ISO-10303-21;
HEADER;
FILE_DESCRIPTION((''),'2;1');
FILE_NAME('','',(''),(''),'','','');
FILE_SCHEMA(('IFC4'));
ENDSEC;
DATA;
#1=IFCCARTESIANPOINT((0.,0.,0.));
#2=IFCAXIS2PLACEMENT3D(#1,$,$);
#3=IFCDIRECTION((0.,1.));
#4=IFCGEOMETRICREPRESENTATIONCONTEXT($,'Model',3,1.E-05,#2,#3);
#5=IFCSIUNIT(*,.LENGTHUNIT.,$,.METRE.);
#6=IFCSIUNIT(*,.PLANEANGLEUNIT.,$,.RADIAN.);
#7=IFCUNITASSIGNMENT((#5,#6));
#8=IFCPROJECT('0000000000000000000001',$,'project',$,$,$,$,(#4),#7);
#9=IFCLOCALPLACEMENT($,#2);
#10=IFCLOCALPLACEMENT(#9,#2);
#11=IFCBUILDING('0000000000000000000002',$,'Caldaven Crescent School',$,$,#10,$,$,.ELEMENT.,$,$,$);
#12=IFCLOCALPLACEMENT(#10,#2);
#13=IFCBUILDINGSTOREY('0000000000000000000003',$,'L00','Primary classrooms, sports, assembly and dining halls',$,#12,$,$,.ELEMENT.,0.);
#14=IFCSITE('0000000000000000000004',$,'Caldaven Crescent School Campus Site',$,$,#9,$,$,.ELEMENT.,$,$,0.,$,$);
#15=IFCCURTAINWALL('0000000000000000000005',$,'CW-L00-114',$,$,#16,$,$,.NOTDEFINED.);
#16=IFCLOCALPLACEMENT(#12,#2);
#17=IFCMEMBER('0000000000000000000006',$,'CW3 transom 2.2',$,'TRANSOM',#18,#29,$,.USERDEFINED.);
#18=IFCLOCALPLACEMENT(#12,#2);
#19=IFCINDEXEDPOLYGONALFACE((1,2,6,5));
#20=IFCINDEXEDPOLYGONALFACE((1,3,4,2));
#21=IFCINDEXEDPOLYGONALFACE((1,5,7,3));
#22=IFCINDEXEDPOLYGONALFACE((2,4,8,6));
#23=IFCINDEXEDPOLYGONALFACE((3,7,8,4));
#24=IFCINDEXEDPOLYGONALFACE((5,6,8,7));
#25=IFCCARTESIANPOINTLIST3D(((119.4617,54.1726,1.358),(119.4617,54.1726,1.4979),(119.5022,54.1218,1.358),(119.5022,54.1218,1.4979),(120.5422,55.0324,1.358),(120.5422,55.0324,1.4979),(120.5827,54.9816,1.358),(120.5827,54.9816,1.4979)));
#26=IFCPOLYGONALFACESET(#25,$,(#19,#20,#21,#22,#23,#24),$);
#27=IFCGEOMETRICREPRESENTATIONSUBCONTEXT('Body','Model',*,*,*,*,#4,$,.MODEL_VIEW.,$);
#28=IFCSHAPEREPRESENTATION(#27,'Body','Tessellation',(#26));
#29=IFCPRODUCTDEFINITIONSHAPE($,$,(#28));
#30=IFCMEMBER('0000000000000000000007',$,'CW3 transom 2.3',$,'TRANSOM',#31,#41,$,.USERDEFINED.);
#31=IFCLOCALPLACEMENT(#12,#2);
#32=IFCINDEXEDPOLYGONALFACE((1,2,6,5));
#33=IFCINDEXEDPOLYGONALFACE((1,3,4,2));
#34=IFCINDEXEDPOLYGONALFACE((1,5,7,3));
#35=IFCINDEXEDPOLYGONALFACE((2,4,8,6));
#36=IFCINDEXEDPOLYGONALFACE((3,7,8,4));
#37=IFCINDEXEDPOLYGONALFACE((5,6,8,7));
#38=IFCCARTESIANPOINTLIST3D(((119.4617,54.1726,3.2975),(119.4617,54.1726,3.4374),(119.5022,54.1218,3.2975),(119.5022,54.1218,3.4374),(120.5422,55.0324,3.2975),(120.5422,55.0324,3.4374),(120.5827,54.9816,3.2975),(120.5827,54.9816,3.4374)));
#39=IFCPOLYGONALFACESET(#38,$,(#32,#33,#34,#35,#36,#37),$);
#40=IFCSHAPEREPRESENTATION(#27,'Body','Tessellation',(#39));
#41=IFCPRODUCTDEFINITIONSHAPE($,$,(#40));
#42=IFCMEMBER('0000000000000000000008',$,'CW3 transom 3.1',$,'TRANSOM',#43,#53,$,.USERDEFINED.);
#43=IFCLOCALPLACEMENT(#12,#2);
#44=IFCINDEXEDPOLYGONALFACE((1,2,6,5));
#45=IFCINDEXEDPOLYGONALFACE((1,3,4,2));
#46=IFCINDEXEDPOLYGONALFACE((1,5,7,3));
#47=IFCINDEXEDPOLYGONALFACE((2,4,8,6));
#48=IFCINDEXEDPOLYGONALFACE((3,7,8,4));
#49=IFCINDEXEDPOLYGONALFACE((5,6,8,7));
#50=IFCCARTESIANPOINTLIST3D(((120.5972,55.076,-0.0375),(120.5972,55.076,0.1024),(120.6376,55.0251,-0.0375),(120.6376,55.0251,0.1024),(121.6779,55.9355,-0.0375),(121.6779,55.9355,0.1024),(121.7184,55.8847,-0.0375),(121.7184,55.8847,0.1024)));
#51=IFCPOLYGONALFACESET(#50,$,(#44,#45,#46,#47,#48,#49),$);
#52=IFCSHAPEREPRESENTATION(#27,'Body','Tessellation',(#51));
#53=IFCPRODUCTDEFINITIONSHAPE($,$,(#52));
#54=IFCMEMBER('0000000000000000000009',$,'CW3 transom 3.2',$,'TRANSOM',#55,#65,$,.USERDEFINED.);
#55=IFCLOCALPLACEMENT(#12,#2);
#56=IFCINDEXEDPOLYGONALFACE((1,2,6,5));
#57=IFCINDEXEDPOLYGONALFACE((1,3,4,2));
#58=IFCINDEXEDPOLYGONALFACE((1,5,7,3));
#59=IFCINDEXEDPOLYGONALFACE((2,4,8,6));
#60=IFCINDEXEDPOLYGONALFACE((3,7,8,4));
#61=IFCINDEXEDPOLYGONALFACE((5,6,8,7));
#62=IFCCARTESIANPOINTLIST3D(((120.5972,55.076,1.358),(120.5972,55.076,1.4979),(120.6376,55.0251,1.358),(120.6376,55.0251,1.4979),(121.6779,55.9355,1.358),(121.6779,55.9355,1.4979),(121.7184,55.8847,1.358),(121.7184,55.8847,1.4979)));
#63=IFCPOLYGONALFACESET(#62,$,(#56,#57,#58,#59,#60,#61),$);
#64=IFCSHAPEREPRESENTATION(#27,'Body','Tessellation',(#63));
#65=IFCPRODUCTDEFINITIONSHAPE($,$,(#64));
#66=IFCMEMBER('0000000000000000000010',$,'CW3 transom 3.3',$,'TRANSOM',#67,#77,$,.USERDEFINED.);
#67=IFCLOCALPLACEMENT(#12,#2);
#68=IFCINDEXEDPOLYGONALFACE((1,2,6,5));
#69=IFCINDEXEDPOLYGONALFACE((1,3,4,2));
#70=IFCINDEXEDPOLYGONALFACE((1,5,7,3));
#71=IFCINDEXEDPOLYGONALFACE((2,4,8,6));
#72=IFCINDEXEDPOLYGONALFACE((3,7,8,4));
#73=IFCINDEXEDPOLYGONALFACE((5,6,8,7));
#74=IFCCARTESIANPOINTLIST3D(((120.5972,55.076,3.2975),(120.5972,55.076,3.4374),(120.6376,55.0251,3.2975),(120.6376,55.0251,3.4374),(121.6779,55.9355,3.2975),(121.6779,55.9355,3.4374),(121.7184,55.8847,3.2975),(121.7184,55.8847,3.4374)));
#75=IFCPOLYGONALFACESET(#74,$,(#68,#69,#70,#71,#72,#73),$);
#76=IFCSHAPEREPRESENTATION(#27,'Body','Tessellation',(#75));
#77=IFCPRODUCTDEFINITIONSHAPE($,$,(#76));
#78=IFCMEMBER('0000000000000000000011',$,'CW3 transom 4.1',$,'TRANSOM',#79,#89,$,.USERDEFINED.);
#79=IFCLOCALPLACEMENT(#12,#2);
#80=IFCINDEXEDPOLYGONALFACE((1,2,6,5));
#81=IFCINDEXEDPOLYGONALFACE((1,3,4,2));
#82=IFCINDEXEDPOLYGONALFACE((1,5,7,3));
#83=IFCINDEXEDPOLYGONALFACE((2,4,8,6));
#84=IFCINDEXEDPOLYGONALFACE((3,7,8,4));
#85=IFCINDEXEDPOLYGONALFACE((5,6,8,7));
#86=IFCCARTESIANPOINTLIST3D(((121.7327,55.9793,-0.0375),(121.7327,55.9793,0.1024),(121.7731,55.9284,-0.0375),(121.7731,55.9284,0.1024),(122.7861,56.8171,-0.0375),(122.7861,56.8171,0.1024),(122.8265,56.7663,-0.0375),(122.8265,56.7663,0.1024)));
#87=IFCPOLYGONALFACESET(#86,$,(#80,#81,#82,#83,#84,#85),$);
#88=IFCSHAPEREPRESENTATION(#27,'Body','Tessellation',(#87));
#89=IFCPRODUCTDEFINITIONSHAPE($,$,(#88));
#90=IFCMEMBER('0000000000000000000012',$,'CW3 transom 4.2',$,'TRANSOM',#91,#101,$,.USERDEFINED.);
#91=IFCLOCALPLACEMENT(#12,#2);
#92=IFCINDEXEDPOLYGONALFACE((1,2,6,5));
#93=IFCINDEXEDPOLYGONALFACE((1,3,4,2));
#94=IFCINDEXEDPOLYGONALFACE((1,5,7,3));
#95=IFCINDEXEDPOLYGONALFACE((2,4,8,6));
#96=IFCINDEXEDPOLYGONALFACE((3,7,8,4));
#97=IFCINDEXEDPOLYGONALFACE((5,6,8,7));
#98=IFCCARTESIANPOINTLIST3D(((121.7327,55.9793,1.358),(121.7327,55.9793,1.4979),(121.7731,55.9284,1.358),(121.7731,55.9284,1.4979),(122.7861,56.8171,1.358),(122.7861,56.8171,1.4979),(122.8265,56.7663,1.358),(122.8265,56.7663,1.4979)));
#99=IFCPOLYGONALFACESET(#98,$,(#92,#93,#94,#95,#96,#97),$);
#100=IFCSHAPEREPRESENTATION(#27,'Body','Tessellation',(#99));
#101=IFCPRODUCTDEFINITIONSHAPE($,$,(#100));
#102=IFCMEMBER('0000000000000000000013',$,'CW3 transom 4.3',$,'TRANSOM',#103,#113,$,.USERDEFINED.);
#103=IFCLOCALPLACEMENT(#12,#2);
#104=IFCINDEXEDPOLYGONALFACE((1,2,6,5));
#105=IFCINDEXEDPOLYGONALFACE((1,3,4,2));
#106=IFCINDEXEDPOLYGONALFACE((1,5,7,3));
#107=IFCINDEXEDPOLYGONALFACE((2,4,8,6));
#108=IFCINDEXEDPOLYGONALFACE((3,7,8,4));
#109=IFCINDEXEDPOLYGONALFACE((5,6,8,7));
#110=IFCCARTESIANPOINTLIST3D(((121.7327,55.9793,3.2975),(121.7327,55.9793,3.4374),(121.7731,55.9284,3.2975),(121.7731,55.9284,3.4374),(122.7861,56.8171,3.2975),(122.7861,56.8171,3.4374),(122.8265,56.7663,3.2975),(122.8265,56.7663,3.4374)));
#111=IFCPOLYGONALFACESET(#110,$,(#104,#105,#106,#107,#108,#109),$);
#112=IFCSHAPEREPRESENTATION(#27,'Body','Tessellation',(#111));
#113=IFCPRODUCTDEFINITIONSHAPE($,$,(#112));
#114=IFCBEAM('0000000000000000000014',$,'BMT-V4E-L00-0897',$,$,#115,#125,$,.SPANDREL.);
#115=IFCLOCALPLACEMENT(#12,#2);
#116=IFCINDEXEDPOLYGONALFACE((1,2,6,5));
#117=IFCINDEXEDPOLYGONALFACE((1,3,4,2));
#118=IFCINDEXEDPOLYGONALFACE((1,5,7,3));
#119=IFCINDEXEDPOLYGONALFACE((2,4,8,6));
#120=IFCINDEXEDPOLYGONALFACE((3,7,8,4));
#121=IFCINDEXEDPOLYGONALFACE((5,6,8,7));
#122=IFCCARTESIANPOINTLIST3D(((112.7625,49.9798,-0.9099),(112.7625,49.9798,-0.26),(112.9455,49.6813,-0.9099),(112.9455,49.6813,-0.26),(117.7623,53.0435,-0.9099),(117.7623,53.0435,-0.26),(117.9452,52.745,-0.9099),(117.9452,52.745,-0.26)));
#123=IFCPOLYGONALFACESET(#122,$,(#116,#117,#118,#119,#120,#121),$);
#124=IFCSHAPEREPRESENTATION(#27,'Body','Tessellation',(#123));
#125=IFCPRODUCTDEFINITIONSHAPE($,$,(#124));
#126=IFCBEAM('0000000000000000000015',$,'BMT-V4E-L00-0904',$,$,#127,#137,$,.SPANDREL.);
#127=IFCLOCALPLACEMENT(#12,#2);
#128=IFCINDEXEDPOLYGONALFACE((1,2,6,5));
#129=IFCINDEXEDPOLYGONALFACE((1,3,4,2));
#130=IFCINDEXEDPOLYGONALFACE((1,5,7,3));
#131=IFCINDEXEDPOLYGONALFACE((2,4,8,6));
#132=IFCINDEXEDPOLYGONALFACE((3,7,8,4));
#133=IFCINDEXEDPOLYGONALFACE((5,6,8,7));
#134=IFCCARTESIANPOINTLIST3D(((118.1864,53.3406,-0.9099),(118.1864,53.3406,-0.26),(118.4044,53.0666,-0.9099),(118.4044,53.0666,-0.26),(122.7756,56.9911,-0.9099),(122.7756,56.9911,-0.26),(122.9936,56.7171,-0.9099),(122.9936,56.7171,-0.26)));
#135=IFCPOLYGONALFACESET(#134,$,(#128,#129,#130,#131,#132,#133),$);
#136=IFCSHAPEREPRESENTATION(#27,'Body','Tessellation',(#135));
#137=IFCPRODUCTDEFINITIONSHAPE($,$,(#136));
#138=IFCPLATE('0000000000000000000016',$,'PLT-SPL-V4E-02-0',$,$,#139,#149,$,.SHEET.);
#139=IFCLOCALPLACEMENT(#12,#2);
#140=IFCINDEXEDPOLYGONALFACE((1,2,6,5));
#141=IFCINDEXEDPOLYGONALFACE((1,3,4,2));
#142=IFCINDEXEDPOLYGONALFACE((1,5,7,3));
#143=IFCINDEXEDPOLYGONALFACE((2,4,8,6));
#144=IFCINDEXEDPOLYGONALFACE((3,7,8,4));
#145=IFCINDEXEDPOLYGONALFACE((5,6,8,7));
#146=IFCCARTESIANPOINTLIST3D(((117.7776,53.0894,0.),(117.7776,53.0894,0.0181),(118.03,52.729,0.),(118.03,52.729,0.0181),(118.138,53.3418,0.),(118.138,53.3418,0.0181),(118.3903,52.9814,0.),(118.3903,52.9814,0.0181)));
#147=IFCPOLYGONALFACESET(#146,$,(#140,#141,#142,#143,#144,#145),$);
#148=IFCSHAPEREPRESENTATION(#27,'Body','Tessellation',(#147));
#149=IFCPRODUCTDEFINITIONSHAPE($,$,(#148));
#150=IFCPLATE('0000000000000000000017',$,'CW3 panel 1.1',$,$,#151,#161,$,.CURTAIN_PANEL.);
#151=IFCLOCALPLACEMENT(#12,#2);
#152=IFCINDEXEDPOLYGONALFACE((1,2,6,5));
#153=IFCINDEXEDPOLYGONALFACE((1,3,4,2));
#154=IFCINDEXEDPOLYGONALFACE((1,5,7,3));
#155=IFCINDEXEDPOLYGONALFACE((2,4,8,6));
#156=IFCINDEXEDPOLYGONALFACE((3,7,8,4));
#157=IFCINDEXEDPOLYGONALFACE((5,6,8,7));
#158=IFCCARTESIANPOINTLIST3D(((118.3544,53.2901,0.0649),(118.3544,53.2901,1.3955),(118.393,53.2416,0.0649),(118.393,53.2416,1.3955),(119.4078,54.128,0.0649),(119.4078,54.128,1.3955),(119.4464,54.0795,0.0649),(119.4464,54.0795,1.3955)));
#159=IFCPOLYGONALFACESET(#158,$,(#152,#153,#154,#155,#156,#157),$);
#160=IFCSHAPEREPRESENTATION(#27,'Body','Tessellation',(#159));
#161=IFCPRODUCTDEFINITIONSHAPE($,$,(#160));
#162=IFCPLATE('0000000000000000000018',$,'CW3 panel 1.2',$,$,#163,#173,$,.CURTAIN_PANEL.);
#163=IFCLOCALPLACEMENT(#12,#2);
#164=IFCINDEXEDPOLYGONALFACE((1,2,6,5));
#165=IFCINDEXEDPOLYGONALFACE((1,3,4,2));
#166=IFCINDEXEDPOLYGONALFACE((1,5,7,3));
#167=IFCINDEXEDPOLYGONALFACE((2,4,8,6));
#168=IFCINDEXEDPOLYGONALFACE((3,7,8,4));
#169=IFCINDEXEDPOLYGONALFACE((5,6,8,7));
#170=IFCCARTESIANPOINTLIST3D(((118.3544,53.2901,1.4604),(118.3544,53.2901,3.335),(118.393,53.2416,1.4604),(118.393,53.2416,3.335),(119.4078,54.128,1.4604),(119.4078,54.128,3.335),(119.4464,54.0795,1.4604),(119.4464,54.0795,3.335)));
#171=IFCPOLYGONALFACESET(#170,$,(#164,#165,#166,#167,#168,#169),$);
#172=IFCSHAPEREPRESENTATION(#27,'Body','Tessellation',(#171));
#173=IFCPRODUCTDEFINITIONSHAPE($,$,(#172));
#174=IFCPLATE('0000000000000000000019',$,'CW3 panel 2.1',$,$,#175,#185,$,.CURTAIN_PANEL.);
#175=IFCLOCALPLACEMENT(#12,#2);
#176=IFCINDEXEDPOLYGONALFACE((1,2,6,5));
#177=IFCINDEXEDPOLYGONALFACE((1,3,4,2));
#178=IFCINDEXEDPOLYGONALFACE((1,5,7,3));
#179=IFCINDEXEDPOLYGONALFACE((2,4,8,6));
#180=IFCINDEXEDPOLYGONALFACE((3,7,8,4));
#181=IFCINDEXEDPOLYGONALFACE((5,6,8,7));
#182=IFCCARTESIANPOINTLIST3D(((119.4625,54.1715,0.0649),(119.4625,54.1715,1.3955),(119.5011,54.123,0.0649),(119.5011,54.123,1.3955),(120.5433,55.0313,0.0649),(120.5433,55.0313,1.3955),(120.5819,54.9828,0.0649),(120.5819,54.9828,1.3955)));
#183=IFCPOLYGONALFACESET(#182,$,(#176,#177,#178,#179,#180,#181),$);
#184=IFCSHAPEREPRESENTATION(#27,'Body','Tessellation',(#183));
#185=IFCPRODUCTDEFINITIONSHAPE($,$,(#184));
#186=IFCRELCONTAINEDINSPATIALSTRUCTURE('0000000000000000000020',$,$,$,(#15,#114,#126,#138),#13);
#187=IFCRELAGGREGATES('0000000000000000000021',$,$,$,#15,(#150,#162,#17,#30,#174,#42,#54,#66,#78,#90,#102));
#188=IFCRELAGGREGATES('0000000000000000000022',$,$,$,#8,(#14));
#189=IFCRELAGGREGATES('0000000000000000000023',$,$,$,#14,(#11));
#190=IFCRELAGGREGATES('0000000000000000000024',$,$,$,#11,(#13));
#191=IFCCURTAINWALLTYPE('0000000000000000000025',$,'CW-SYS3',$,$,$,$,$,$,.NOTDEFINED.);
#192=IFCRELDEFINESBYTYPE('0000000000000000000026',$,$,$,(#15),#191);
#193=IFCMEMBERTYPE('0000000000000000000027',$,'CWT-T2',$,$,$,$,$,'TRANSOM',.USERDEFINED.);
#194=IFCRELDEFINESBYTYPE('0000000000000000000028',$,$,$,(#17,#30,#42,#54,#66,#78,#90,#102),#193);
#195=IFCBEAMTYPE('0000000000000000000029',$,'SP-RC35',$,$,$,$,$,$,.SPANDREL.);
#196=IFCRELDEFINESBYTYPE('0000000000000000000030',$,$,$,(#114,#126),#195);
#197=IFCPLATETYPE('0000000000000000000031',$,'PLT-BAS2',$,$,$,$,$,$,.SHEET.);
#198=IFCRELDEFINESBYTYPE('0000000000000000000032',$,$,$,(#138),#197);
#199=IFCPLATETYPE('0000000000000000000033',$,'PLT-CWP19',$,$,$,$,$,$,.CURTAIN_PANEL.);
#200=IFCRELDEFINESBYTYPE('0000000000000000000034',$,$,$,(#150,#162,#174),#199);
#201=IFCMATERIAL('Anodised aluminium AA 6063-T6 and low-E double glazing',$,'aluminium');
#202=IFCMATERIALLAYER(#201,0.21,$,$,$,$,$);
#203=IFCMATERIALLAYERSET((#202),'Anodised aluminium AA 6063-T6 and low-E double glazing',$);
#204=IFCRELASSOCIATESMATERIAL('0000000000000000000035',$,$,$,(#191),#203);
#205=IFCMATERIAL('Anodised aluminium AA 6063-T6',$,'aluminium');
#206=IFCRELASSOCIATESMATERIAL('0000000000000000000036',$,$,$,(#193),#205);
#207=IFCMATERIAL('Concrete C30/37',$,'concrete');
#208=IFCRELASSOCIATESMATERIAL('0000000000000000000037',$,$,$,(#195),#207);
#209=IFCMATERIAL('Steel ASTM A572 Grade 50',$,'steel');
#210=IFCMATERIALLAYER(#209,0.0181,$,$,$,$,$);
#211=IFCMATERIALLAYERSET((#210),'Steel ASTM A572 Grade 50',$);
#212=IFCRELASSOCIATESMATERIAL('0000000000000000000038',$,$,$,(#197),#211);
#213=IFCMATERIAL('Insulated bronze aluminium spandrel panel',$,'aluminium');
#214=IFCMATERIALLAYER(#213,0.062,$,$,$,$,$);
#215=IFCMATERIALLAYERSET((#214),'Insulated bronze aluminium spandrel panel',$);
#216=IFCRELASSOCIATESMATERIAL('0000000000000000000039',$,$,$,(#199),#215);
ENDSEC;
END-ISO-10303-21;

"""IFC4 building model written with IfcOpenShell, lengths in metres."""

from ifc_helpers import new_model, si_unit, direction, frame, origin, origin_2d, place, context, subcontext, project, spatial, rectangle, extrude, material, layer, layer_set, material_profile, profile_set, type_object, element, aggregate, save


model = new_model("IFC4")

# Units and contexts
model_context = context("Model", 3, precision=1e-05, world=origin(), true_north=direction((0.0, 1.0)))
body_context = subcontext(model_context, "Body", "Model", "MODEL_VIEW")
ifc_project = project(units=[si_unit("LENGTHUNIT", "METRE"), si_unit("PLANEANGLEUNIT", "RADIAN")], contexts=[model_context])

# Site, building, storey
site_placement = place(None, origin())
site = spatial("IfcSite", under=ifc_project, at=site_placement, Name="Caldaven Crescent School Campus Site", CompositionType="ELEMENT", RefElevation=0.0)
building_placement = place(site_placement, origin())
building = spatial("IfcBuilding", under=site, at=building_placement, Name="Caldaven Crescent School", CompositionType="ELEMENT")
storey_placement = place(building_placement, origin())
storey = spatial("IfcBuildingStorey", under=building, at=storey_placement, Name="L00", Description="Primary classrooms, sports, assembly and dining halls", CompositionType="ELEMENT", Elevation=0.0)

# Shared definitions
ifc_material_1 = material(Name="Concrete C30/37", Category="concrete")

# Curtain wall, members
ifc_material_2 = material(Name="Anodised aluminium AA 6063-T6 and low-E double glazing", Category="aluminium")
ifc_layer_1 = layer(ifc_material_2, 0.21)
ifc_layer_set_1 = layer_set([ifc_layer_1], Name="Anodised aluminium AA 6063-T6 and low-E double glazing")
curtain_wall_type = type_object("IfcCurtainWallType", Name="CW-SYS3", PredefinedType="NOTDEFINED", material=ifc_layer_set_1)
curtain_wall_placement = place(storey_placement, origin())
curtain_wall = element("IfcCurtainWall", 1, at=curtain_wall_placement, inside=storey, type_object=curtain_wall_type, Name="CW-L00-114", PredefinedType="NOTDEFINED")
ifc_material_3 = material(Name="Anodised aluminium AA 6063-T6", Category="aluminium")
ifc_material_profile_1 = material_profile(ifc_material_3, rectangle(XDim=0.0649, YDim=0.1399, at=origin_2d()), Name="CWT 65x140")
ifc_profile_set_1 = profile_set([ifc_material_profile_1], Name="Anodised aluminium AA 6063-T6")
member_type_1 = type_object("IfcMemberType", Name="CWT-T2", ElementType="TRANSOM", PredefinedType="USERDEFINED", material=ifc_profile_set_1)
member_1_placement = place(storey_placement, frame((119.4819, 54.1472, 1.428), z_axis=(0.782488, 0.622666, 0.0), x_axis=(-0.622666, 0.782488, 0.0)))
member_1 = element("IfcMember", 2, at=member_1_placement, type_object=member_type_1, Name="CW3 transom 2.2", ObjectType="TRANSOM", PredefinedType="USERDEFINED", context=body_context, shape_type="SweptSolid", body=[
    extrude(rectangle(XDim=0.0649, YDim=0.1399, at=origin_2d()), origin(), (0.0, 0.0, 1.0), 1.3809),
])
member_2_placement = place(storey_placement, frame((119.4819, 54.1472, 3.3674), z_axis=(0.782488, 0.622666, 0.0), x_axis=(-0.622666, 0.782488, 0.0)))
member_2 = element("IfcMember", 3, at=member_2_placement, type_object=member_type_1, Name="CW3 transom 2.3", ObjectType="TRANSOM", PredefinedType="USERDEFINED", context=body_context, shape_type="SweptSolid", body=[
    extrude(rectangle(XDim=0.0649, YDim=0.1399, at=origin_2d()), origin(), (0.0, 0.0, 1.0), 1.3809),
])
member_3_placement = place(storey_placement, frame((120.6174, 55.0505, 0.0325), z_axis=(0.782642, 0.622472, 0.0), x_axis=(-0.622472, 0.782642, 0.0)))
member_3 = element("IfcMember", 4, at=member_3_placement, type_object=member_type_1, Name="CW3 transom 3.1", ObjectType="TRANSOM", PredefinedType="USERDEFINED", context=body_context, shape_type="SweptSolid", body=[
    extrude(rectangle(XDim=0.0649, YDim=0.1399, at=origin_2d()), origin(), (0.0, 0.0, 1.0), 1.3809),
])
member_4_placement = place(storey_placement, frame((120.6174, 55.0505, 1.428), z_axis=(0.782642, 0.622472, 0.0), x_axis=(-0.622472, 0.782642, 0.0)))
member_4 = element("IfcMember", 5, at=member_4_placement, type_object=member_type_1, Name="CW3 transom 3.2", ObjectType="TRANSOM", PredefinedType="USERDEFINED", context=body_context, shape_type="SweptSolid", body=[
    extrude(rectangle(XDim=0.0649, YDim=0.1399, at=origin_2d()), origin(), (0.0, 0.0, 1.0), 1.3809),
])
member_5_placement = place(storey_placement, frame((120.6174, 55.0505, 3.3674), z_axis=(0.782642, 0.622472, 0.0), x_axis=(-0.622472, 0.782642, 0.0)))
member_5 = element("IfcMember", 6, at=member_5_placement, type_object=member_type_1, Name="CW3 transom 3.3", ObjectType="TRANSOM", PredefinedType="USERDEFINED", context=body_context, shape_type="SweptSolid", body=[
    extrude(rectangle(XDim=0.0649, YDim=0.1399, at=origin_2d()), origin(), (0.0, 0.0, 1.0), 1.3809),
])
member_6_placement = place(storey_placement, frame((121.7529, 55.9539, 0.0325), z_axis=(0.782635, 0.622481, 0.0), x_axis=(-0.622481, 0.782635, 0.0)))
member_6 = element("IfcMember", 7, at=member_6_placement, type_object=member_type_1, Name="CW3 transom 4.1", ObjectType="TRANSOM", PredefinedType="USERDEFINED", context=body_context, shape_type="SweptSolid", body=[
    extrude(rectangle(XDim=0.0649, YDim=0.1399, at=origin_2d()), origin(), (0.0, 0.0, 1.0), 1.3459),
])
member_7_placement = place(storey_placement, frame((121.7529, 55.9539, 1.428), z_axis=(0.782635, 0.622481, 0.0), x_axis=(-0.622481, 0.782635, 0.0)))
member_7 = element("IfcMember", 8, at=member_7_placement, type_object=member_type_1, Name="CW3 transom 4.2", ObjectType="TRANSOM", PredefinedType="USERDEFINED", context=body_context, shape_type="SweptSolid", body=[
    extrude(rectangle(XDim=0.0649, YDim=0.1399, at=origin_2d()), origin(), (0.0, 0.0, 1.0), 1.3459),
])
member_8_placement = place(storey_placement, frame((121.7529, 55.9539, 3.3674), z_axis=(0.782635, 0.622481, 0.0), x_axis=(-0.622481, 0.782635, 0.0)))
member_8 = element("IfcMember", 9, at=member_8_placement, type_object=member_type_1, Name="CW3 transom 4.3", ObjectType="TRANSOM", PredefinedType="USERDEFINED", context=body_context, shape_type="SweptSolid", body=[
    extrude(rectangle(XDim=0.0649, YDim=0.1399, at=origin_2d()), origin(), (0.0, 0.0, 1.0), 1.3459),
])

# Beams
ifc_material_profile_2 = material_profile(ifc_material_1, rectangle(XDim=0.3501, YDim=0.6499, at=origin_2d()), Name="RC 350x650")
ifc_profile_set_2 = profile_set([ifc_material_profile_2], Name="Concrete C30/37")
beam_type_1 = type_object("IfcBeamType", Name="SP-RC35", PredefinedType="SPANDREL", material=ifc_profile_set_2)
beam_1_placement = place(storey_placement, frame((112.854, 49.8306, -0.585), z_axis=(0.85265, 0.522482, 0.0), x_axis=(-0.522482, 0.85265, 0.0)))
element("IfcBeam", 10, at=beam_1_placement, inside=storey, type_object=beam_type_1, Name="BMT-V4E-L00-0897", PredefinedType="SPANDREL", context=body_context, shape_type="SweptSolid", body=[
    extrude(rectangle(XDim=0.3501, YDim=0.6499, at=origin_2d()), origin(), (0.0, 0.0, 1.0), 5.8638),
])
beam_2_placement = place(storey_placement, frame((118.2954, 53.2036, -0.585), z_axis=(0.782604, 0.62252, 0.0), x_axis=(-0.62252, 0.782604, 0.0)))
element("IfcBeam", 11, at=beam_2_placement, inside=storey, type_object=beam_type_1, Name="BMT-V4E-L00-0904", PredefinedType="SPANDREL", context=body_context, shape_type="SweptSolid", body=[
    extrude(rectangle(XDim=0.3501, YDim=0.6499, at=origin_2d()), origin(), (0.0, 0.0, 1.0), 5.864),
])

# Plates
ifc_material_4 = material(Name="Steel ASTM A572 Grade 50", Category="steel")
ifc_layer_2 = layer(ifc_material_4, 0.0181)
ifc_layer_set_2 = layer_set([ifc_layer_2], Name="Steel ASTM A572 Grade 50")
plate_type_1 = type_object("IfcPlateType", Name="PLT-BAS2", PredefinedType="SHEET", material=ifc_layer_set_2)
plate_1_placement = place(storey_placement, frame((118.084, 53.0354, 0.0), z_axis=(0.0, 0.0, 1.0), x_axis=(0.573576, -0.819152, 0.0)))
element("IfcPlate", 12, at=plate_1_placement, inside=storey, type_object=plate_type_1, Name="PLT-SPL-V4E-02-0", PredefinedType="SHEET", context=body_context, shape_type="SweptSolid", body=[
    extrude(rectangle(XDim=0.4399, YDim=0.4399, at=origin_2d()), origin(), (0.0, 0.0, 1.0), 0.0181),
])
ifc_material_5 = material(Name="Insulated bronze aluminium spandrel panel", Category="aluminium")
ifc_layer_3 = layer(ifc_material_5, 0.062)
ifc_layer_set_3 = layer_set([ifc_layer_3], Name="Insulated bronze aluminium spandrel panel")
plate_type_2 = type_object("IfcPlateType", Name="PLT-CWP19", PredefinedType="CURTAIN_PANEL", material=ifc_layer_set_3)
plate_2_placement = place(storey_placement, frame((118.9004, 53.6848, 0.0649), z_axis=(0.0, 0.0, 1.0), x_axis=(0.782608, 0.622515, 0.0)))
plate_2 = element("IfcPlate", 13, at=plate_2_placement, type_object=plate_type_2, Name="CW3 panel 1.1", PredefinedType="CURTAIN_PANEL", context=body_context, shape_type="SweptSolid", body=[
    extrude(rectangle(XDim=1.3459, YDim=0.062, at=origin_2d()), origin(), (0.0, 0.0, 1.0), 1.3306),
])
plate_3_placement = place(storey_placement, frame((118.9004, 53.6848, 1.4604), z_axis=(0.0, 0.0, 1.0), x_axis=(0.782608, 0.622515, 0.0)))
plate_3 = element("IfcPlate", 14, at=plate_3_placement, type_object=plate_type_2, Name="CW3 panel 1.2", PredefinedType="CURTAIN_PANEL", context=body_context, shape_type="SweptSolid", body=[
    extrude(rectangle(XDim=1.3459, YDim=0.062, at=origin_2d()), origin(), (0.0, 0.0, 1.0), 1.8745),
])
plate_4_placement = place(storey_placement, frame((120.0222, 54.5771, 0.0649), z_axis=(0.0, 0.0, 1.0), x_axis=(0.782608, 0.622515, 0.0)))
plate_4 = element("IfcPlate", 15, at=plate_4_placement, type_object=plate_type_2, Name="CW3 panel 2.1", PredefinedType="CURTAIN_PANEL", context=body_context, shape_type="SweptSolid", body=[
    extrude(rectangle(XDim=1.3811, YDim=0.062, at=origin_2d()), origin(), (0.0, 0.0, 1.0), 1.3306),
])
aggregate(curtain_wall, [plate_2, plate_3, member_1, member_2, plate_4, member_3, member_4, member_5, member_6, member_7, member_8])

save(model, "model.ifc")
